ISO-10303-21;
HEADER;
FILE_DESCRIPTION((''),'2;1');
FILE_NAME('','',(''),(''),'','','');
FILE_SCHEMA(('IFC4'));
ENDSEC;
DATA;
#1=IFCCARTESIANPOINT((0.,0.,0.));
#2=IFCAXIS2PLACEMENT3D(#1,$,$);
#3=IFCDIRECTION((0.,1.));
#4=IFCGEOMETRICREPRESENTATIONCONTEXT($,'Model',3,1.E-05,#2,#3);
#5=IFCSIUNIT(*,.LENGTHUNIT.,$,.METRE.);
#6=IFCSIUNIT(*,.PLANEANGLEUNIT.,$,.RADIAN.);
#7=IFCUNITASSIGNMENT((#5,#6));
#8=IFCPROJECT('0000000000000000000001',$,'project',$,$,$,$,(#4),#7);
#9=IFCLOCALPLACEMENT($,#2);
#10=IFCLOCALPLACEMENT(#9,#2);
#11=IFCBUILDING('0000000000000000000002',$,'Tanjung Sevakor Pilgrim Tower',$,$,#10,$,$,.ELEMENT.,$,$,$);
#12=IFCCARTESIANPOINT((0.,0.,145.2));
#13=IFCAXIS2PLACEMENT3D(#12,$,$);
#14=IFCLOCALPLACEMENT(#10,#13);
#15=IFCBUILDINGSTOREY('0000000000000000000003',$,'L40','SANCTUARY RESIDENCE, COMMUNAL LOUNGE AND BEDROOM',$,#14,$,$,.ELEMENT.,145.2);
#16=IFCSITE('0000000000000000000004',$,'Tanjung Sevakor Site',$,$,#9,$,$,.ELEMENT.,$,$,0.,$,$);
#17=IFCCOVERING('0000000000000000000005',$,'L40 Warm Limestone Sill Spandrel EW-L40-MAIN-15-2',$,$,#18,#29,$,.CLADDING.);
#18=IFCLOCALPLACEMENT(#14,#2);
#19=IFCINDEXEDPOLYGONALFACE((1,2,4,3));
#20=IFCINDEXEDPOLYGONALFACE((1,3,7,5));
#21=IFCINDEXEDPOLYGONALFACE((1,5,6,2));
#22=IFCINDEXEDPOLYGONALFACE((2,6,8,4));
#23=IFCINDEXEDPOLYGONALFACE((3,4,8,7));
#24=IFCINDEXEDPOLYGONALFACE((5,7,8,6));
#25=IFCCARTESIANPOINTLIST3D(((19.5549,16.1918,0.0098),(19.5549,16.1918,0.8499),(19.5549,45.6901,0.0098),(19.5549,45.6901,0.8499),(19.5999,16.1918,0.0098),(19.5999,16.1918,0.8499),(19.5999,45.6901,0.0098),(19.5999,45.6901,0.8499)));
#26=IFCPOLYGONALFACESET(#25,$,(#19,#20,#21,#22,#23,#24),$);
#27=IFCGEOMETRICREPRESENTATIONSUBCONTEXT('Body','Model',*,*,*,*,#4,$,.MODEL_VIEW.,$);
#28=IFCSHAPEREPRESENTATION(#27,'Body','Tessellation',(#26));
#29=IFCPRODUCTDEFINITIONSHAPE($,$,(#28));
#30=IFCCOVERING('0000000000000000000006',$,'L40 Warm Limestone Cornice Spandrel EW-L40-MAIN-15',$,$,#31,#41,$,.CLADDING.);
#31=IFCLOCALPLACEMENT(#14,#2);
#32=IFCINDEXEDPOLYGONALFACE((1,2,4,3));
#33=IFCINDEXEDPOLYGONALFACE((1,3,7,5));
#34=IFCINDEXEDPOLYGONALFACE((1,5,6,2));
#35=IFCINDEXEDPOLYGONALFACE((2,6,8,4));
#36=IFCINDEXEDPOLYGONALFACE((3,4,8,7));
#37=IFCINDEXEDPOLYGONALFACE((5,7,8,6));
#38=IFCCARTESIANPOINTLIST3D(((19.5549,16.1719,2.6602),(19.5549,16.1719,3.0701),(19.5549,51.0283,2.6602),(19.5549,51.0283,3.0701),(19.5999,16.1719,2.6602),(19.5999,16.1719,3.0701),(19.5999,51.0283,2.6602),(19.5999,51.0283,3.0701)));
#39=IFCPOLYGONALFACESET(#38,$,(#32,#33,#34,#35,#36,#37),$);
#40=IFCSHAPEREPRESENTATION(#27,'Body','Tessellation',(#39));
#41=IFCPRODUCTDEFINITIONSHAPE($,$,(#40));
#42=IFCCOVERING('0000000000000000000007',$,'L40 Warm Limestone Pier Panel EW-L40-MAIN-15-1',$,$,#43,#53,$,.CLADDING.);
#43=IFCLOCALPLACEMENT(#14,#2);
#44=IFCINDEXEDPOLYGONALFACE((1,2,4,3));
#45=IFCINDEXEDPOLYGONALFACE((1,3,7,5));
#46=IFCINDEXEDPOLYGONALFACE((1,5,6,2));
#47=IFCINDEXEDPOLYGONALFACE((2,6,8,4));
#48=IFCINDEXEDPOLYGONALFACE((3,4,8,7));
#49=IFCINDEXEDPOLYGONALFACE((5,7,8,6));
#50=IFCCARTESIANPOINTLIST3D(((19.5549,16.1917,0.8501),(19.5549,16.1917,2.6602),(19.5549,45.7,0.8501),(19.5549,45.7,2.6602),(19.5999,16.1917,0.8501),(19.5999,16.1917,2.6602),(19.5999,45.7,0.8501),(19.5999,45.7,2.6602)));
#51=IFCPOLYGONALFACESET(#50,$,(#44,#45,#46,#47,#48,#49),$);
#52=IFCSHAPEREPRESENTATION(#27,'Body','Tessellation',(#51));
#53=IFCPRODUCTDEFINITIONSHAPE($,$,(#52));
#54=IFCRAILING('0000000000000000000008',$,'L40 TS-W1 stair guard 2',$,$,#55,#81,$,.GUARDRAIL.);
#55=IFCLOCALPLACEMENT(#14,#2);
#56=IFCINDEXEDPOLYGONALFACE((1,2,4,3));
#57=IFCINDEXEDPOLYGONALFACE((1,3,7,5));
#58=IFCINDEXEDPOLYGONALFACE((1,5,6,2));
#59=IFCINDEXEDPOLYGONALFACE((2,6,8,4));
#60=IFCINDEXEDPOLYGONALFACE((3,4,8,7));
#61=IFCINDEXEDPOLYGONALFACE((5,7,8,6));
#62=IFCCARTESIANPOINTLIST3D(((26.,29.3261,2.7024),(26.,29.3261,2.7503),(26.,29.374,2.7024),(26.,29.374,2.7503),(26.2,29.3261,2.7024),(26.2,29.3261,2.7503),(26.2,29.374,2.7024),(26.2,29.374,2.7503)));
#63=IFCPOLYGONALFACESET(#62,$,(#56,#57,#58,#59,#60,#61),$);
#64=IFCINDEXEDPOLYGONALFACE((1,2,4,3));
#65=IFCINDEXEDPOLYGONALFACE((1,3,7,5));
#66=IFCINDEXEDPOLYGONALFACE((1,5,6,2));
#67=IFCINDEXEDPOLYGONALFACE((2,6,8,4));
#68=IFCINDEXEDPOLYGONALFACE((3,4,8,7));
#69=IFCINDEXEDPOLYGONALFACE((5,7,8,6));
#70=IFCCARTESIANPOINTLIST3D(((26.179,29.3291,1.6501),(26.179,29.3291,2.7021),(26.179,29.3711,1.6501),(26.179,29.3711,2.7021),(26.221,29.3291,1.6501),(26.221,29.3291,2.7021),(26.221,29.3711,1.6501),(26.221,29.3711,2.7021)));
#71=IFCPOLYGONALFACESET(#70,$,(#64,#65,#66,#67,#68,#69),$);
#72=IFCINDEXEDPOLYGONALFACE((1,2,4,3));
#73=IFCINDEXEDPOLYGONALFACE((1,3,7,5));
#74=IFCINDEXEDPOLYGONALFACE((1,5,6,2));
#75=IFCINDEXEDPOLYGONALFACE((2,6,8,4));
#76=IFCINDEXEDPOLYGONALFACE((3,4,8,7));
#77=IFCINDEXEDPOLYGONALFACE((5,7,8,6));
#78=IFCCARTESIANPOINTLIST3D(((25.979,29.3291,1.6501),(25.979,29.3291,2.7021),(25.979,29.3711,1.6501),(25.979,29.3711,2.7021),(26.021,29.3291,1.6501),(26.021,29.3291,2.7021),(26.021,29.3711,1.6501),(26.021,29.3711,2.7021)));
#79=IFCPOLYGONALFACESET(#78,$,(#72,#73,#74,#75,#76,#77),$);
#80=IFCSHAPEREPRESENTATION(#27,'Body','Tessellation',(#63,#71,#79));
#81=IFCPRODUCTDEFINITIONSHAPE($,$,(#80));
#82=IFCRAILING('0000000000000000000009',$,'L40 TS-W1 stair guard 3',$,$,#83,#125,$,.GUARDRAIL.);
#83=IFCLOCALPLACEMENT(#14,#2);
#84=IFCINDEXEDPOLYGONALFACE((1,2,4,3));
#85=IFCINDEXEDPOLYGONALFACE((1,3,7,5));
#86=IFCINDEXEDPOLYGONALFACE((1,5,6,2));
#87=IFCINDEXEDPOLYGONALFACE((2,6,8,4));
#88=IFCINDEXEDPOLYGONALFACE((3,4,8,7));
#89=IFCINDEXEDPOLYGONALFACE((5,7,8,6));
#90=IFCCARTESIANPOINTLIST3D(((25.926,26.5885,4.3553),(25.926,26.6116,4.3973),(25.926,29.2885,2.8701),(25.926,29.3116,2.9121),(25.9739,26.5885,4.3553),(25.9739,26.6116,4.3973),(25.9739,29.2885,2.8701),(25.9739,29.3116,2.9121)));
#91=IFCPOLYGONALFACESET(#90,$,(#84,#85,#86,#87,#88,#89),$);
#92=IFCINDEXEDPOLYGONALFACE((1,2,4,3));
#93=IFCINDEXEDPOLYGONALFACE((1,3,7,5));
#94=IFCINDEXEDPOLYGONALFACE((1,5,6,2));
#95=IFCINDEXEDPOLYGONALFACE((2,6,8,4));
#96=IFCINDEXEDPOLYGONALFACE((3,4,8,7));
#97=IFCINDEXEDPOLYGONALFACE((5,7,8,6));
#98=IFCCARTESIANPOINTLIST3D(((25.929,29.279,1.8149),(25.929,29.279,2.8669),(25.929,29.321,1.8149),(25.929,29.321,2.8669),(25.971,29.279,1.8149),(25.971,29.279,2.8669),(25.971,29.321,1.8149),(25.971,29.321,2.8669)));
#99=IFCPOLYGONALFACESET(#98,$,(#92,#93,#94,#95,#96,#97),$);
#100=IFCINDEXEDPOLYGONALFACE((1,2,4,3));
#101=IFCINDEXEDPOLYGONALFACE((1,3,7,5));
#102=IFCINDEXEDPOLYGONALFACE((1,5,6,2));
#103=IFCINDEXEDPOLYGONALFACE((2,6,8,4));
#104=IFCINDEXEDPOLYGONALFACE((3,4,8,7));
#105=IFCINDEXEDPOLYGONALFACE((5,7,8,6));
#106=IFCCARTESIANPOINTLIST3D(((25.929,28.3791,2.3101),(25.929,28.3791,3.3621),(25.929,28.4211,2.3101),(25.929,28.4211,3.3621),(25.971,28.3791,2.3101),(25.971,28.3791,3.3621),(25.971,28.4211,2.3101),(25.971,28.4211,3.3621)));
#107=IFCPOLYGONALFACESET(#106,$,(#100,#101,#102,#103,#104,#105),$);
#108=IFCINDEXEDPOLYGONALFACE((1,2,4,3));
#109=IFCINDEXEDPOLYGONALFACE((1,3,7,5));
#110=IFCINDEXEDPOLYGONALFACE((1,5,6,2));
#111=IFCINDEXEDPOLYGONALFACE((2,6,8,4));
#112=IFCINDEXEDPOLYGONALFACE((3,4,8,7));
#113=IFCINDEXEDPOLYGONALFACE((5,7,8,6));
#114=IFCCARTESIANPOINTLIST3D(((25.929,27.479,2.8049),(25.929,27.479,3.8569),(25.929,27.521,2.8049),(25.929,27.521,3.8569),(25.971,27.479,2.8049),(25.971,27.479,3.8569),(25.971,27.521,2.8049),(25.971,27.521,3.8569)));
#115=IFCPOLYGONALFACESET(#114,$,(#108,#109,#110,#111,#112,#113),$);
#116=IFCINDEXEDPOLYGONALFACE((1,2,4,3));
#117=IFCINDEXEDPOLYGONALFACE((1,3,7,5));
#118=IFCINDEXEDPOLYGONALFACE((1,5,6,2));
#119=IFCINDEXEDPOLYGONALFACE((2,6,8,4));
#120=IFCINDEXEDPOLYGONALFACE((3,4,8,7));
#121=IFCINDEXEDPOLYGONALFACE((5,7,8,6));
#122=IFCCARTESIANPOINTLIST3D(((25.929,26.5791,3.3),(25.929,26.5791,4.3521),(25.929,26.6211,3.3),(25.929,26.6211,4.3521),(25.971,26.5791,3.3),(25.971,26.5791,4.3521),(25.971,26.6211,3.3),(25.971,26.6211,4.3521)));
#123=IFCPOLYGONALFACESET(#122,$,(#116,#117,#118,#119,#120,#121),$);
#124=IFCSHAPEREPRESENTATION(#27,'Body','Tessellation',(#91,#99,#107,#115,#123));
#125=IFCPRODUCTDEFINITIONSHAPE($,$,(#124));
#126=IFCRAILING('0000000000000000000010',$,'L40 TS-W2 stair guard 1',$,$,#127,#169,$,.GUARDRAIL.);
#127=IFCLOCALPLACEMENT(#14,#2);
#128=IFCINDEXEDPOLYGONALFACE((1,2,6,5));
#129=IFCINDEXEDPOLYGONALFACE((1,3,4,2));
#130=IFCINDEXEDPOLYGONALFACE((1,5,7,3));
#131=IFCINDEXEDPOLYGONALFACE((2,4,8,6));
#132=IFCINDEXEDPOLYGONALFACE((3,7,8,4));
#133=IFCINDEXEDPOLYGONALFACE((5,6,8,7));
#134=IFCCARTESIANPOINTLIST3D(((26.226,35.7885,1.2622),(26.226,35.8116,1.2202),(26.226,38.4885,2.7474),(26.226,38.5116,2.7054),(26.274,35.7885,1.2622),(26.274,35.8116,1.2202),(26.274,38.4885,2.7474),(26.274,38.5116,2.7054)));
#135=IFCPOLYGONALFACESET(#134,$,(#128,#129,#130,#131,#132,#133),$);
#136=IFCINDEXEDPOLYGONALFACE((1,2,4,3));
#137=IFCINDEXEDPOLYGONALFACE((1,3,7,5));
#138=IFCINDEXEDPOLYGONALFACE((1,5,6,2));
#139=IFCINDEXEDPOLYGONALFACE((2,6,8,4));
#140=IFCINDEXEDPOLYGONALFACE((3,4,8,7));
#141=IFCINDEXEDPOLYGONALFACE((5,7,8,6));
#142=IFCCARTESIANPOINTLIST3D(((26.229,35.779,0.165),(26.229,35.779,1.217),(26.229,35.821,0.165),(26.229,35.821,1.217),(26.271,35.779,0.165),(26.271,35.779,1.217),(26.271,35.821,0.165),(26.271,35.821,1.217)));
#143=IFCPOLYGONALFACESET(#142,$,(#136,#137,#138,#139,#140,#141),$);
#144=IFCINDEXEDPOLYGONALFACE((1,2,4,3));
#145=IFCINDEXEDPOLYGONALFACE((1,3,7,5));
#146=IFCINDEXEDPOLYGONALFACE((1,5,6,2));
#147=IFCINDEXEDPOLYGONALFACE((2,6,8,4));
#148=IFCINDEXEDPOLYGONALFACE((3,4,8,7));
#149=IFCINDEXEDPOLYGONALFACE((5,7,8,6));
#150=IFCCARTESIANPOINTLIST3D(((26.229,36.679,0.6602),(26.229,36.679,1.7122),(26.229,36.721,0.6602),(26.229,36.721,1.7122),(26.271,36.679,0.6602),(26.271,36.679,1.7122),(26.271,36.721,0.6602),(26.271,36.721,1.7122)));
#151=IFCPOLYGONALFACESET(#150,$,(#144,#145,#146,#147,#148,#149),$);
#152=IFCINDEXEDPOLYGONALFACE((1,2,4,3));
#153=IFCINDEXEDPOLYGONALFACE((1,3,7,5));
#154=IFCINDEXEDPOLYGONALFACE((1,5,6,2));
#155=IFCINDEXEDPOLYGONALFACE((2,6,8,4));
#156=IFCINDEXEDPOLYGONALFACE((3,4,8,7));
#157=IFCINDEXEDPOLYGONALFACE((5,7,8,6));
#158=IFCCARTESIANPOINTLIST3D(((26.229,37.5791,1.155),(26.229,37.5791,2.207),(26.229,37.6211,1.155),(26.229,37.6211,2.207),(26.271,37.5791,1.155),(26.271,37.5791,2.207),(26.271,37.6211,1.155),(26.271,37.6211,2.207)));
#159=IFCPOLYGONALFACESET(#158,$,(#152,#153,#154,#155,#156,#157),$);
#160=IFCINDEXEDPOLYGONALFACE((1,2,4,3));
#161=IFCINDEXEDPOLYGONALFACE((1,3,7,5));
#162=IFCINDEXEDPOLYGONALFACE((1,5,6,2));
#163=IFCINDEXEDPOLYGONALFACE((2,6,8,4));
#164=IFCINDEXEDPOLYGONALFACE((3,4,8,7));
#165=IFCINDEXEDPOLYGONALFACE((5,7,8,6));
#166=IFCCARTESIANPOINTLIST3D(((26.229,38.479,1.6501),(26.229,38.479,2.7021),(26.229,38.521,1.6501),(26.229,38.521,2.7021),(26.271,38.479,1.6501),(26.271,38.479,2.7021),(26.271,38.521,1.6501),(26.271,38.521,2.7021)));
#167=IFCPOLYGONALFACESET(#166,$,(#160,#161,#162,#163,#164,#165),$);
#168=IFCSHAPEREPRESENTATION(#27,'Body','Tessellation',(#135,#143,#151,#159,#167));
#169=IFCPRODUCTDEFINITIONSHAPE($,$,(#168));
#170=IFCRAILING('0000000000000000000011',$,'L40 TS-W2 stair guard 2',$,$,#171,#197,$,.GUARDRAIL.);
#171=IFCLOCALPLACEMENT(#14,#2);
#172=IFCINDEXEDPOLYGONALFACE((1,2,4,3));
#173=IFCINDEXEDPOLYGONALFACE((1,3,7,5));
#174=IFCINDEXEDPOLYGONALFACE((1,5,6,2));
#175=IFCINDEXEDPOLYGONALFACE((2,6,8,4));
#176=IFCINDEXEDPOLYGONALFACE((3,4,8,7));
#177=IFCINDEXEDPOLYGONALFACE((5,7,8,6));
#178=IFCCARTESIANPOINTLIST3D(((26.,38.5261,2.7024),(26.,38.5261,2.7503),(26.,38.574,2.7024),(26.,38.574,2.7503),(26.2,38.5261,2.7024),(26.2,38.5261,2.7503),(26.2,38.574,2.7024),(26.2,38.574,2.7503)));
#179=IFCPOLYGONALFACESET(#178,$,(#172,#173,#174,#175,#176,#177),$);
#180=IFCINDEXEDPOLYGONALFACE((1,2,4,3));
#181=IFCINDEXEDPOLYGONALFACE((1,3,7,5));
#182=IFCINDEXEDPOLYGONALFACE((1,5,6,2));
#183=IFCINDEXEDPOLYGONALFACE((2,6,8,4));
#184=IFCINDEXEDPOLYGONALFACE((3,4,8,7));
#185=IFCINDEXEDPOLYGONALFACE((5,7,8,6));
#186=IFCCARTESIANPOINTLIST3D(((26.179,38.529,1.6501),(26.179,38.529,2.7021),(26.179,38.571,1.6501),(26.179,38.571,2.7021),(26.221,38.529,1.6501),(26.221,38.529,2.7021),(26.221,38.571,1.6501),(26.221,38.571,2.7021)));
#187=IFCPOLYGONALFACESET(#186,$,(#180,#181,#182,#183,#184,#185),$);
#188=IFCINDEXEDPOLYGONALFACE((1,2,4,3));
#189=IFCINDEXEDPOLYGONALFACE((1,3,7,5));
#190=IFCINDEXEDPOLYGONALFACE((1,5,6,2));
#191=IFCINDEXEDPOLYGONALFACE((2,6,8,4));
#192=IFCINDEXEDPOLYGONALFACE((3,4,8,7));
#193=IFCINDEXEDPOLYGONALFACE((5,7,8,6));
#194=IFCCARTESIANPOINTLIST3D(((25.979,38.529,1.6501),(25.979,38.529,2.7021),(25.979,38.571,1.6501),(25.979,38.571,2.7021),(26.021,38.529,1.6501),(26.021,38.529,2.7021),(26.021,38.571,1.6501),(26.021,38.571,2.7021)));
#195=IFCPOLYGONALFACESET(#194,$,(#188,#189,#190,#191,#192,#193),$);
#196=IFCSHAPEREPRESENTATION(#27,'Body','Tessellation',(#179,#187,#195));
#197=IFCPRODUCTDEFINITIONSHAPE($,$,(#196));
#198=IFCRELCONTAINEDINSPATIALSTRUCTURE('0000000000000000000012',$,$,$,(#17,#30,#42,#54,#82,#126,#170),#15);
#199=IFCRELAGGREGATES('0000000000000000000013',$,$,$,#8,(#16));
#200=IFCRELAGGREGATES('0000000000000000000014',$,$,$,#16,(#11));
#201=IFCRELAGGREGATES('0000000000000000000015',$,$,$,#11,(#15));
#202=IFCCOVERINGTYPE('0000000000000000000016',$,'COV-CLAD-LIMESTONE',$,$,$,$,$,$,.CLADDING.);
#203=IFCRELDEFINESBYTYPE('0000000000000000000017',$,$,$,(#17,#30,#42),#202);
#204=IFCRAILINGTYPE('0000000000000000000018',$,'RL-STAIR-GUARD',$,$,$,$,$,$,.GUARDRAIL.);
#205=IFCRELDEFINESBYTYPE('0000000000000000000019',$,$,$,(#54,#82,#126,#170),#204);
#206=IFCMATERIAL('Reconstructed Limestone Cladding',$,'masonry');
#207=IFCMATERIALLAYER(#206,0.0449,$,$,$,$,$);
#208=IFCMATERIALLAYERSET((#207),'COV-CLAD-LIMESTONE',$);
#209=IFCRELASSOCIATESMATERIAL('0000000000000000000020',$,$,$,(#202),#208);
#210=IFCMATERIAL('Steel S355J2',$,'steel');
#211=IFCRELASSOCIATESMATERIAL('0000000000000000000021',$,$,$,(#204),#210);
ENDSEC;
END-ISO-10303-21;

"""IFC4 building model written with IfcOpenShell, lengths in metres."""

from ifc_helpers import new_model, si_unit, direction, frame, origin, origin_2d, place, context, subcontext, project, spatial, rectangle, extrude, material, layer, layer_set, type_object, element, save


model = new_model("IFC4")

# Units and contexts
model_context = context("Model", 3, precision=1e-05, world=origin(), true_north=direction((0.0, 1.0)))
body_context = subcontext(model_context, "Body", "Model", "MODEL_VIEW")
ifc_project = project(units=[si_unit("LENGTHUNIT", "METRE"), si_unit("PLANEANGLEUNIT", "RADIAN")], contexts=[model_context])

# Site, building, storey
site_placement = place(None, origin())
site = spatial("IfcSite", under=ifc_project, at=site_placement, Name="Tanjung Sevakor Site", CompositionType="ELEMENT", RefElevation=0.0)
building_placement = place(site_placement, origin())
building = spatial("IfcBuilding", under=site, at=building_placement, Name="Tanjung Sevakor Pilgrim Tower", CompositionType="ELEMENT")
storey_placement = place(building_placement, frame((0.0, 0.0, 145.2)))
storey = spatial("IfcBuildingStorey", under=building, at=storey_placement, Name="L40", Description="SANCTUARY RESIDENCE, COMMUNAL LOUNGE AND BEDROOM", CompositionType="ELEMENT", Elevation=145.2)

# Coverings
ifc_material_1 = material(Name="Reconstructed Limestone Cladding", Category="masonry")
ifc_layer_1 = layer(ifc_material_1, 0.0449)
ifc_layer_set_1 = layer_set([ifc_layer_1], Name="COV-CLAD-LIMESTONE")
covering_type = type_object("IfcCoveringType", Name="COV-CLAD-LIMESTONE", PredefinedType="CLADDING", material=ifc_layer_set_1)
covering_1_placement = place(storey_placement, frame((19.5774, 30.9409, 0.0098), z_axis=(0.0, 0.0, 1.0), x_axis=(0.0, -1.0, 0.0)))
element("IfcCovering", 1, at=covering_1_placement, inside=storey, type_object=covering_type, Name="L40 Warm Limestone Sill Spandrel EW-L40-MAIN-15-2", PredefinedType="CLADDING", context=body_context, shape_type="SweptSolid", body=[
    extrude(rectangle(XDim=29.4983, YDim=0.0449, at=origin_2d()), origin(), (0.0, 0.0, 1.0), 0.8401),
])
covering_2_placement = place(storey_placement, frame((19.5774, 33.6001, 2.6602), z_axis=(0.0, 0.0, 1.0), x_axis=(0.0, -1.0, 0.0)))
element("IfcCovering", 2, at=covering_2_placement, inside=storey, type_object=covering_type, Name="L40 Warm Limestone Cornice Spandrel EW-L40-MAIN-15", PredefinedType="CLADDING", context=body_context, shape_type="SweptSolid", body=[
    extrude(rectangle(XDim=34.8564, YDim=0.0449, at=origin_2d()), origin(), (0.0, 0.0, 1.0), 0.4099),
])
covering_3_placement = place(storey_placement, frame((19.5774, 30.9458, 0.8501), z_axis=(0.0, 0.0, 1.0), x_axis=(0.0, -1.0, 0.0)))
element("IfcCovering", 3, at=covering_3_placement, inside=storey, type_object=covering_type, Name="L40 Warm Limestone Pier Panel EW-L40-MAIN-15-1", PredefinedType="CLADDING", context=body_context, shape_type="SweptSolid", body=[
    extrude(rectangle(XDim=29.5083, YDim=0.0449, at=origin_2d()), origin(), (0.0, 0.0, 1.0), 1.8101),
])

# Railings
ifc_material_2 = material(Name="Steel S355J2", Category="steel")
railing_type_1 = type_object("IfcRailingType", Name="RL-STAIR-GUARD", PredefinedType="GUARDRAIL", material=ifc_material_2)
railing_1_placement = place(storey_placement, frame((26.2, 29.3501, 1.6501)))
element("IfcRailing", 4, at=railing_1_placement, inside=storey, type_object=railing_type_1, Name="L40 TS-W1 stair guard 2", PredefinedType="GUARDRAIL", context=body_context, shape_type="SweptSolid", body=[
    extrude(rectangle(XDim=0.0479, YDim=0.0479), frame((0.0, 0.0, 1.0762), z_axis=(-1.0, 0.0, 0.0), x_axis=(0.0, -1.0, 0.0)), (0.0, 0.0, 1.0), 0.2),
    extrude(rectangle(XDim=0.042, YDim=0.042), origin(), (0.0, 0.0, 1.0), 1.052),
    extrude(rectangle(XDim=0.042, YDim=0.042), frame((-0.2, 0.0, 0.0)), (0.0, 0.0, 1.0), 1.052),
])
railing_2_placement = place(storey_placement, frame((25.95, 29.3, 1.8149)))
element("IfcRailing", 5, at=railing_2_placement, inside=storey, type_object=railing_type_1, Name="L40 TS-W1 stair guard 3", PredefinedType="GUARDRAIL", context=body_context, shape_type="SweptSolid", body=[
    extrude(rectangle(XDim=0.0479, YDim=0.0479), frame((0.0, 0.0, 1.0762), z_axis=(0.0, -0.876198, 0.481952), x_axis=(1.0, 0.0, 0.0)), (0.0, 0.0, 1.0), 3.0815),
    extrude(rectangle(XDim=0.042, YDim=0.042), origin(), (0.0, 0.0, 1.0), 1.052),
    extrude(rectangle(XDim=0.042, YDim=0.042), frame((0.0, -0.8999, 0.4951)), (0.0, 0.0, 1.0), 1.052),
    extrude(rectangle(XDim=0.042, YDim=0.042), frame((0.0, -1.8, 0.99)), (0.0, 0.0, 1.0), 1.052),
    extrude(rectangle(XDim=0.042, YDim=0.042), frame((0.0, -2.7, 1.4851)), (0.0, 0.0, 1.0), 1.052),
])
railing_3_placement = place(storey_placement, frame((26.25, 35.8, 0.165)))
element("IfcRailing", 6, at=railing_3_placement, inside=storey, type_object=railing_type_1, Name="L40 TS-W2 stair guard 1", PredefinedType="GUARDRAIL", context=body_context, shape_type="SweptSolid", body=[
    extrude(rectangle(XDim=0.0479, YDim=0.0479), frame((0.0, 0.0, 1.0762), z_axis=(0.0, 0.876198, 0.481952), x_axis=(-1.0, 0.0, 0.0)), (0.0, 0.0, 1.0), 3.0815),
    extrude(rectangle(XDim=0.042, YDim=0.042), origin(), (0.0, 0.0, 1.0), 1.052),
    extrude(rectangle(XDim=0.042, YDim=0.042), frame((0.0, 0.8999, 0.4951)), (0.0, 0.0, 1.0), 1.052),
    extrude(rectangle(XDim=0.042, YDim=0.042), frame((0.0, 1.8, 0.99)), (0.0, 0.0, 1.0), 1.052),
    extrude(rectangle(XDim=0.042, YDim=0.042), frame((0.0, 2.7, 1.4851)), (0.0, 0.0, 1.0), 1.052),
])
railing_4_placement = place(storey_placement, frame((26.2, 38.55, 1.6501)))
element("IfcRailing", 7, at=railing_4_placement, inside=storey, type_object=railing_type_1, Name="L40 TS-W2 stair guard 2", PredefinedType="GUARDRAIL", context=body_context, shape_type="SweptSolid", body=[
    extrude(rectangle(XDim=0.0479, YDim=0.0479), frame((0.0, 0.0, 1.0762), z_axis=(-1.0, 0.0, 0.0), x_axis=(0.0, -1.0, 0.0)), (0.0, 0.0, 1.0), 0.2),
    extrude(rectangle(XDim=0.042, YDim=0.042), origin(), (0.0, 0.0, 1.0), 1.052),
    extrude(rectangle(XDim=0.042, YDim=0.042), frame((-0.2, 0.0, 0.0)), (0.0, 0.0, 1.0), 1.052),
])

save(model, "model.ifc")
